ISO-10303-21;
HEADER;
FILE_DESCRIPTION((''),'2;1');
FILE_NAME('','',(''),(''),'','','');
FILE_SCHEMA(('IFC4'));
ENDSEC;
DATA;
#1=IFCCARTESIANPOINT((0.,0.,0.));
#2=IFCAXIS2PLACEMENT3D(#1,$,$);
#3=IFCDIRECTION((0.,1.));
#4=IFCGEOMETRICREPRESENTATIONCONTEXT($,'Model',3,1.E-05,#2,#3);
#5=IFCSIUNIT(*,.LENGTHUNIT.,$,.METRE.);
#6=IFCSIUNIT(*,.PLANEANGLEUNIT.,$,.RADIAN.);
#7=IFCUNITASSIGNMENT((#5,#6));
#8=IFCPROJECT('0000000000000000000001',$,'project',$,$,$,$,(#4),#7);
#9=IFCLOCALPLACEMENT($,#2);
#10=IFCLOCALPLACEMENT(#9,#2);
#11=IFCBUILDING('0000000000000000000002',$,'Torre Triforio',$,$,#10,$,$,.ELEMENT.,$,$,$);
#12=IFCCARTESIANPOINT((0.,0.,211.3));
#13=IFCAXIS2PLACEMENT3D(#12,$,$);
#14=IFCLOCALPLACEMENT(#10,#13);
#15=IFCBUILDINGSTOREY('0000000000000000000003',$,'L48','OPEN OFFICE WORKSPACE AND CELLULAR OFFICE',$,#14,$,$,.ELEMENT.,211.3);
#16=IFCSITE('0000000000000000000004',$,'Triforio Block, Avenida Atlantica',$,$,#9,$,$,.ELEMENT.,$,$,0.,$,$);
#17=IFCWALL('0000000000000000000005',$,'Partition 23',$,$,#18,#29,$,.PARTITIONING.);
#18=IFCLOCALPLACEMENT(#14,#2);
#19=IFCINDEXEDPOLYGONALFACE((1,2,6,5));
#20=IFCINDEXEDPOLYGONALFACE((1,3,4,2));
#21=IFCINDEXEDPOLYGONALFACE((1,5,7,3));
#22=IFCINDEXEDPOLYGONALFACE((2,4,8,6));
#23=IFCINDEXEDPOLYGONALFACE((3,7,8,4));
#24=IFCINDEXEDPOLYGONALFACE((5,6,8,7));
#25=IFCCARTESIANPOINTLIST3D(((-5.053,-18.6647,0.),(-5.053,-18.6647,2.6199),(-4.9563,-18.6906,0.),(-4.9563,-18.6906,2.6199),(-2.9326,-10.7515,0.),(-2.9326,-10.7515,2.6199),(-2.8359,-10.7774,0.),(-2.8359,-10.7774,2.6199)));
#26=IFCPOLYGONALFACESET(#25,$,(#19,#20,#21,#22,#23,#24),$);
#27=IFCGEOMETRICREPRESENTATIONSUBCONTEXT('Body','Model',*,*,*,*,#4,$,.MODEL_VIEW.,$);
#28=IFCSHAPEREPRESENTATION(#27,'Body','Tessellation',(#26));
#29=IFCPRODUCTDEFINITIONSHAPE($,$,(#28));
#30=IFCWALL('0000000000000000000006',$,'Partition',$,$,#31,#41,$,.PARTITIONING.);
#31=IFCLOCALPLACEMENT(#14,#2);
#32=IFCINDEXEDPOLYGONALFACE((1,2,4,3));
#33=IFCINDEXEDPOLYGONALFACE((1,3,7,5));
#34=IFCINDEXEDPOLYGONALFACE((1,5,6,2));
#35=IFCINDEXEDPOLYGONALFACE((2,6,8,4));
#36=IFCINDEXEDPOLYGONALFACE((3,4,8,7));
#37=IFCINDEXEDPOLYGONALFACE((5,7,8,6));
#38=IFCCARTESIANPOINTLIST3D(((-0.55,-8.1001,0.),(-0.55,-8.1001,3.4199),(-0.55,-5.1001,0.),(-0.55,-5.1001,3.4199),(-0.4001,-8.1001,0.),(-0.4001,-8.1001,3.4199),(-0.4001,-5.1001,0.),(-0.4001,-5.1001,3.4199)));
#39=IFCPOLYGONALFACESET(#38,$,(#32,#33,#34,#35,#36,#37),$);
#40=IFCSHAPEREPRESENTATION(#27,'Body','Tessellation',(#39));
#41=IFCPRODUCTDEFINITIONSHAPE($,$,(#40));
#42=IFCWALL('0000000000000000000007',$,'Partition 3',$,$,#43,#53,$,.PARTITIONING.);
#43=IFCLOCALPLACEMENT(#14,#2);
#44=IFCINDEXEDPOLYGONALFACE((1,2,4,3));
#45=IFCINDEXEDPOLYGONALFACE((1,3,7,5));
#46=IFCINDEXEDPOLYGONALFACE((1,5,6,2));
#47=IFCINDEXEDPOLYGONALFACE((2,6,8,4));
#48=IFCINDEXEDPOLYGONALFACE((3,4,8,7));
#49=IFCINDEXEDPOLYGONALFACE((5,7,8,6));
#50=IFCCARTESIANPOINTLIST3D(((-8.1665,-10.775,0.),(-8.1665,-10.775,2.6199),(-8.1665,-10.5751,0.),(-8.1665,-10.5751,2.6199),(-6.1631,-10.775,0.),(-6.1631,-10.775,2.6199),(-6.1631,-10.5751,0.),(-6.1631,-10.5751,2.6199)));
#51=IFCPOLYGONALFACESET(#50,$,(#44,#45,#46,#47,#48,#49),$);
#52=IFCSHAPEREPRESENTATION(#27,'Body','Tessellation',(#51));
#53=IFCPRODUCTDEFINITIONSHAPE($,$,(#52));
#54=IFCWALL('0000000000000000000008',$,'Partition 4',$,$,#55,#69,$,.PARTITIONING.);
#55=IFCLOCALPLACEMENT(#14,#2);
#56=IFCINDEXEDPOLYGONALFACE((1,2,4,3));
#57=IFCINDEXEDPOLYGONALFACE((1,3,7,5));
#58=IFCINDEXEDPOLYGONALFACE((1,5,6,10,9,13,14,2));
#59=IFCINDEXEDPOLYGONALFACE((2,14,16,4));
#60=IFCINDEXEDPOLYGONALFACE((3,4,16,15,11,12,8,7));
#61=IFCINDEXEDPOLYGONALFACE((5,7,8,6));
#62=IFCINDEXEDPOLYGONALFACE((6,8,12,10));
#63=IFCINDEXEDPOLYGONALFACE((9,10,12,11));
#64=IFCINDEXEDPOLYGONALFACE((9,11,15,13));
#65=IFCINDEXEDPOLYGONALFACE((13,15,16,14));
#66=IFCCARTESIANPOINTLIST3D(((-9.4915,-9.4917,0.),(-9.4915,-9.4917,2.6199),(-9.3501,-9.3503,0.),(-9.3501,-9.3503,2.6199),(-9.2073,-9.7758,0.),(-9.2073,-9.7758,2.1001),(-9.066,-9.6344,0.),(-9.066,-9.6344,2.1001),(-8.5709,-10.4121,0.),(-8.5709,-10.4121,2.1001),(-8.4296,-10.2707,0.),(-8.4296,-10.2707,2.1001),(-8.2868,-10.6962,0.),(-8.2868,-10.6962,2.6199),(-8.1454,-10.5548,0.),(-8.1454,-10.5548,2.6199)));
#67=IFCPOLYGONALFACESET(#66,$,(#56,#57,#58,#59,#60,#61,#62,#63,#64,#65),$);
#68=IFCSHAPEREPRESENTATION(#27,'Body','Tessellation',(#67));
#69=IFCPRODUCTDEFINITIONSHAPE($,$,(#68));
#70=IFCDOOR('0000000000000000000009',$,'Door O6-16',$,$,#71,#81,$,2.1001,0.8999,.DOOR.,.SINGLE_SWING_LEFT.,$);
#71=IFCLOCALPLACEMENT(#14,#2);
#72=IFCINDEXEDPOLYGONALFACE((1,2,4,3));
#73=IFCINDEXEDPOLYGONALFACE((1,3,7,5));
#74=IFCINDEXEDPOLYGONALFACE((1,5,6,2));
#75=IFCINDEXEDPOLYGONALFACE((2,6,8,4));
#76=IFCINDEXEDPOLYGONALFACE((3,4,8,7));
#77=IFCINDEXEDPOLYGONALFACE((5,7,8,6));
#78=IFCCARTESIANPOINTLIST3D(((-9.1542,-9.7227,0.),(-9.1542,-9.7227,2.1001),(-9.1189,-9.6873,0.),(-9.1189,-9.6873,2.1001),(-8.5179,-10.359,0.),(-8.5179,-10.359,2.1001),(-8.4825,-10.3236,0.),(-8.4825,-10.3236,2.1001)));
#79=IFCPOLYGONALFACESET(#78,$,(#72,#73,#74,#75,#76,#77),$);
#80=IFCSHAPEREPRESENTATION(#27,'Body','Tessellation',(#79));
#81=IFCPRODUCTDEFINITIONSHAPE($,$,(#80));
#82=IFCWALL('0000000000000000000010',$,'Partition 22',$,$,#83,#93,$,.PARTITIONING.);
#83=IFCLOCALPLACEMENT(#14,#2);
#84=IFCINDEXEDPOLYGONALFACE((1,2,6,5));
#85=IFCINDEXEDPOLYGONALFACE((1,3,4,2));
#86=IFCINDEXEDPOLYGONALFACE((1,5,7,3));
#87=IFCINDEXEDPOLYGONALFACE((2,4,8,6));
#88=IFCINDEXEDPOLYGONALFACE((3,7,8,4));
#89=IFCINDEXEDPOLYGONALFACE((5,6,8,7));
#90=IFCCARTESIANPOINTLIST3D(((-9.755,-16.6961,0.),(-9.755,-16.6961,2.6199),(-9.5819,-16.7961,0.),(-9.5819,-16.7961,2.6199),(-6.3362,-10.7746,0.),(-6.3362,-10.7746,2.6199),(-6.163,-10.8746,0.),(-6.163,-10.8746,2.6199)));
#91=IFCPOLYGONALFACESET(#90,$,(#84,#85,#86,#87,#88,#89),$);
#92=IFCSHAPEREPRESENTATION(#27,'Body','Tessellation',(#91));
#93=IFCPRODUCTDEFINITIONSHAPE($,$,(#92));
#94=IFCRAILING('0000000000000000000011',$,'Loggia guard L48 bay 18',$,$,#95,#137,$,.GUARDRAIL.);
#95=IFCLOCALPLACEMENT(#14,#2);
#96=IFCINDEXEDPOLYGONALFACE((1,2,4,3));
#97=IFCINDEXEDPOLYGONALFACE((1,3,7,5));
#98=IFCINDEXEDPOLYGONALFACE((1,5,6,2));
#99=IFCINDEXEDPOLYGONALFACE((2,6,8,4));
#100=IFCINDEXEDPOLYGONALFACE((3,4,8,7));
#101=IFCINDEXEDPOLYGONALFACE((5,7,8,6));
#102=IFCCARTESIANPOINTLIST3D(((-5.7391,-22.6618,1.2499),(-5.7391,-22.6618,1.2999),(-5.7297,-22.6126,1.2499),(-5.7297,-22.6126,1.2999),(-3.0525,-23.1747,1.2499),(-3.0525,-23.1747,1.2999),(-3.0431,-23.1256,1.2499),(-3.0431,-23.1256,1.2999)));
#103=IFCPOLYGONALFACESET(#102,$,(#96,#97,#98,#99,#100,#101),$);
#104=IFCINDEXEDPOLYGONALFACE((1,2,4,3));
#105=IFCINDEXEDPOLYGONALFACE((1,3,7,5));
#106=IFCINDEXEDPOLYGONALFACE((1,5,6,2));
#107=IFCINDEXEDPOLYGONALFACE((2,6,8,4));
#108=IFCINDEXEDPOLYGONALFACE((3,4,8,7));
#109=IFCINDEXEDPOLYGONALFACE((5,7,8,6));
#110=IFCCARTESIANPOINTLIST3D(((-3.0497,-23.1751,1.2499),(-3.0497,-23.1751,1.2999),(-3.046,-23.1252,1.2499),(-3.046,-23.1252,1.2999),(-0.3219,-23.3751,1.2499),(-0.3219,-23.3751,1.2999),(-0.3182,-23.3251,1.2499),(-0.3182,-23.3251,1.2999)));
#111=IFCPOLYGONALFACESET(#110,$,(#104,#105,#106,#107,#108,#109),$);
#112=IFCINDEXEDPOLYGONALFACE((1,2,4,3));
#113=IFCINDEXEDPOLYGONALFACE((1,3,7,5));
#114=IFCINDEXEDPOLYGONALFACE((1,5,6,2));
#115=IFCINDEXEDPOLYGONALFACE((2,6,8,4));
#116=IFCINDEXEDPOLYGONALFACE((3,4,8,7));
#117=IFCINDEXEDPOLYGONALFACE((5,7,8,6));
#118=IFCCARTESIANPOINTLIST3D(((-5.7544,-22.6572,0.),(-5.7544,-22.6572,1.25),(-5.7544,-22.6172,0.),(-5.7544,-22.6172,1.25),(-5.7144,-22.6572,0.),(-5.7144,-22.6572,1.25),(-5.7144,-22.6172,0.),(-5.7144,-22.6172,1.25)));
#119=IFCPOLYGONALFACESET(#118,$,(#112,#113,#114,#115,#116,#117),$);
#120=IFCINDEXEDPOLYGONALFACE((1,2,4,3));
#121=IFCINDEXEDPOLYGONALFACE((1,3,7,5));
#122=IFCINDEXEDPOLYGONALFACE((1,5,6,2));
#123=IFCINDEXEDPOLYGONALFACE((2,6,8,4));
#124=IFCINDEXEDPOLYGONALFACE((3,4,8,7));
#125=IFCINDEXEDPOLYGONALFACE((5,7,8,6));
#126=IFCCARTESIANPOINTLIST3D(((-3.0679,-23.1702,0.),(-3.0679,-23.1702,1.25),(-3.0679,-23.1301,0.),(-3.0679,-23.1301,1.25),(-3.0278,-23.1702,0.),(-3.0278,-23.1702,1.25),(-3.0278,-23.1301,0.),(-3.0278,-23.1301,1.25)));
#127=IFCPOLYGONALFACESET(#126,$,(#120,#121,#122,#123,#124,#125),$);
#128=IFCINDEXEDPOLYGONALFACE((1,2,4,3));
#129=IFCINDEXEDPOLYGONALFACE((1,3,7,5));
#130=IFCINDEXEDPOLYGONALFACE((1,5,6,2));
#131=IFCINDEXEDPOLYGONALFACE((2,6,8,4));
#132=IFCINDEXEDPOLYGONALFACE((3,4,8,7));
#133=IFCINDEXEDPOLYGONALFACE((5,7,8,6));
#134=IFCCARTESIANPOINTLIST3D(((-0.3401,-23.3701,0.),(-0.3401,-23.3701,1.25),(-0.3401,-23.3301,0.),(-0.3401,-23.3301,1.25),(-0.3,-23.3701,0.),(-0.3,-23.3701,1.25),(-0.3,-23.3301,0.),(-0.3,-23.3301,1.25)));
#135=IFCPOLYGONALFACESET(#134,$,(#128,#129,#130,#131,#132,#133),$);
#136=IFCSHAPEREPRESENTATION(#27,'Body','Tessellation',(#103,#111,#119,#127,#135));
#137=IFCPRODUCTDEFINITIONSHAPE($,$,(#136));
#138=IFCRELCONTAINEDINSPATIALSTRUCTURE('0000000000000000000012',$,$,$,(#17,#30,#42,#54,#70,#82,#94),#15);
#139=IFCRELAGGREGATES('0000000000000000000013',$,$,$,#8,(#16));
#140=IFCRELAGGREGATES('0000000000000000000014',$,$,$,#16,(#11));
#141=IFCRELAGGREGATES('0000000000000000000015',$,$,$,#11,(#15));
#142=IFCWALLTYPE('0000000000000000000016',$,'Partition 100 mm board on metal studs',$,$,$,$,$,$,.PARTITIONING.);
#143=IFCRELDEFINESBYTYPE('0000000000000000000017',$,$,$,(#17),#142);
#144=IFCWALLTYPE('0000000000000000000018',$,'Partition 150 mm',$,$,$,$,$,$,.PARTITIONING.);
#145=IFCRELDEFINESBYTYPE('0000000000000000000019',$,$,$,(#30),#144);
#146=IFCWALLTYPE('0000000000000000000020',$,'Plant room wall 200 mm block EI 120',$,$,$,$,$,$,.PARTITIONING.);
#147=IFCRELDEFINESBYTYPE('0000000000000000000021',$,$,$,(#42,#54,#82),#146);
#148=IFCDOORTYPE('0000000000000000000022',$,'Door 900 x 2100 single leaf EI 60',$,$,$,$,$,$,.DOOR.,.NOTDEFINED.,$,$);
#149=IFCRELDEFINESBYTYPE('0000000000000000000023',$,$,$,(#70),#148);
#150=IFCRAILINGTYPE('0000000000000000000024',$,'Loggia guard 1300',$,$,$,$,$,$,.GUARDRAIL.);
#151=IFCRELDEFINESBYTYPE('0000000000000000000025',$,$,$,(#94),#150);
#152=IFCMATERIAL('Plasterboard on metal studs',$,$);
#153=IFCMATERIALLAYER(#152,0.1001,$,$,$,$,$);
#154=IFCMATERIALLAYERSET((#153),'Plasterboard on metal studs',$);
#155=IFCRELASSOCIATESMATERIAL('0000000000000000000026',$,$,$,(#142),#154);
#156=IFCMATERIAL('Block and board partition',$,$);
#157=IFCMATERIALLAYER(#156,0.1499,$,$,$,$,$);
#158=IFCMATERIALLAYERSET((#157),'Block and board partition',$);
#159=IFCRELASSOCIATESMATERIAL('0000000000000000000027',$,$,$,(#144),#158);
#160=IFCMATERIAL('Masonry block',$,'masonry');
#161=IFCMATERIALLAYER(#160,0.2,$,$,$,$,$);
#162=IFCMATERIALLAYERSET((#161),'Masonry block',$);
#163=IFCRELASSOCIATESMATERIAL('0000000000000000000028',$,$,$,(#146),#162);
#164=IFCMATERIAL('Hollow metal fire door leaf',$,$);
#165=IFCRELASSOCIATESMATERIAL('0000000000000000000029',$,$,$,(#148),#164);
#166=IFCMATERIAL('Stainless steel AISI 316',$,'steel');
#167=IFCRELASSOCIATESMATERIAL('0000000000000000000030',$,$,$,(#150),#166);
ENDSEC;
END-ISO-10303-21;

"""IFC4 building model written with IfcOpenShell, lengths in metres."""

from ifc_helpers import new_model, si_unit, direction, frame, frame_2d, origin, origin_2d, place, context, subcontext, project, spatial, rectangle, extrude, material, layer, layer_set, type_object, element, fill, save


model = new_model("IFC4")

# Units and contexts
model_context = context("Model", 3, precision=1e-05, world=origin(), true_north=direction((0.0, 1.0)))
body_context = subcontext(model_context, "Body", "Model", "MODEL_VIEW")
ifc_project = project(units=[si_unit("LENGTHUNIT", "METRE"), si_unit("PLANEANGLEUNIT", "RADIAN")], contexts=[model_context])

# Site, building, storey
site_placement = place(None, origin())
site = spatial("IfcSite", under=ifc_project, at=site_placement, Name="Triforio Block, Avenida Atlantica", CompositionType="ELEMENT", RefElevation=0.0)
building_placement = place(site_placement, origin())
building = spatial("IfcBuilding", under=site, at=building_placement, Name="Torre Triforio", CompositionType="ELEMENT")
storey_placement = place(building_placement, frame((0.0, 0.0, 211.3)))
storey = spatial("IfcBuildingStorey", under=building, at=storey_placement, Name="L48", Description="OPEN OFFICE WORKSPACE AND CELLULAR OFFICE", CompositionType="ELEMENT", Elevation=211.3)

# Shared definitions
ifc_material_1 = material(Name="Hollow metal fire door leaf")

# Walls
ifc_material_2 = material(Name="Plasterboard on metal studs")
ifc_layer_1 = layer(ifc_material_2, 0.1001)
ifc_layer_set_1 = layer_set([ifc_layer_1], Name="Plasterboard on metal studs")
wall_type_1 = type_object("IfcWallType", Name="Partition 100 mm board on metal studs", PredefinedType="PARTITIONING", material=ifc_layer_set_1)
wall_1_placement = place(storey_placement, frame((-2.8843, -10.7644, 0.0), z_axis=(0.0, 0.0, 1.0), x_axis=(-0.258818, -0.965926, 0.0)))
element("IfcWall", 1, at=wall_1_placement, inside=storey, type_object=wall_type_1, Name="Partition 23", PredefinedType="PARTITIONING", context=body_context, shape_type="SweptSolid", body=[
    extrude(rectangle(XDim=8.1924, YDim=0.1001, at=frame_2d((4.0962, 0.0))), origin(), (0.0, 0.0, 1.0), 2.6199),
])
ifc_material_3 = material(Name="Block and board partition")
ifc_layer_2 = layer(ifc_material_3, 0.1499)
ifc_layer_set_2 = layer_set([ifc_layer_2], Name="Block and board partition")
wall_type_2 = type_object("IfcWallType", Name="Partition 150 mm", PredefinedType="PARTITIONING", material=ifc_layer_set_2)
wall_2_placement = place(storey_placement, frame((-0.4751, -8.1001, 0.0), z_axis=(0.0, 0.0, 1.0), x_axis=(0.0, 1.0, 0.0)))
element("IfcWall", 2, at=wall_2_placement, inside=storey, type_object=wall_type_2, Name="Partition", PredefinedType="PARTITIONING", context=body_context, shape_type="SweptSolid", body=[
    extrude(rectangle(XDim=3.0, YDim=0.1499, at=frame_2d((1.5, 0.0))), origin(), (0.0, 0.0, 1.0), 3.4199),
])
ifc_material_4 = material(Name="Masonry block", Category="masonry")
ifc_layer_3 = layer(ifc_material_4, 0.2)
ifc_layer_set_3 = layer_set([ifc_layer_3], Name="Masonry block")
wall_type_3 = type_object("IfcWallType", Name="Plant room wall 200 mm block EI 120", PredefinedType="PARTITIONING", material=ifc_layer_set_3)
wall_3_placement = place(storey_placement, frame((-6.1631, -10.675, 0.0), z_axis=(0.0, 0.0, 1.0), x_axis=(-1.0, 0.0, 0.0)))
element("IfcWall", 3, at=wall_3_placement, inside=storey, type_object=wall_type_3, Name="Partition 3", PredefinedType="PARTITIONING", context=body_context, shape_type="SweptSolid", body=[
    extrude(rectangle(XDim=2.0034, YDim=0.2, at=frame_2d((1.0017, 0.0))), origin(), (0.0, 0.0, 1.0), 2.6199),
])

# Wall, opening, door
wall_4_placement = place(storey_placement, frame((-8.2161, -10.6255, 0.0), z_axis=(0.0, 0.0, 1.0), x_axis=(-0.707178, 0.707035, 0.0)))
wall_4 = element("IfcWall", 4, at=wall_4_placement, inside=storey, type_object=wall_type_3, Name="Partition 4", PredefinedType="PARTITIONING", context=body_context, shape_type="SweptSolid", body=[
    extrude(rectangle(XDim=1.7036, YDim=0.2, at=frame_2d((0.8518, 0.0))), origin(), (0.0, 0.0, 1.0), 2.6199),
])
opening_1_placement = place(wall_4_placement, frame((0.4019, 0.0, 0.0)))
opening_1 = element("IfcOpeningElement", 5, at=opening_1_placement, cuts=wall_4, PredefinedType="OPENING", context=body_context, shape_type="SweptSolid", body=[
    extrude(rectangle(XDim=0.8999, YDim=2.1001, at=frame_2d((0.45, 1.05))), frame((0.0, 0.1099, 0.0), z_axis=(0.0, -1.0, 0.0), x_axis=(1.0, 0.0, 0.0)), (0.0, 0.0, 1.0), 0.22),
])
door_type_1 = type_object("IfcDoorType", Name="Door 900 x 2100 single leaf EI 60", OperationType="NOTDEFINED", PredefinedType="DOOR", material=ifc_material_1)
door_1_placement = place(opening_1_placement, origin())
door_1 = element("IfcDoor", 6, at=door_1_placement, inside=storey, type_object=door_type_1, Name="Door O6-16", OperationType="SINGLE_SWING_LEFT", OverallHeight=2.1001, OverallWidth=0.8999, PredefinedType="DOOR", context=body_context, shape_type="SweptSolid", body=[
    extrude(rectangle(XDim=0.8999, YDim=2.1001, at=frame_2d((0.45, 1.05))), frame((0.0, 0.0249, 0.0), z_axis=(0.0, -1.0, 0.0), x_axis=(1.0, 0.0, 0.0)), (0.0, 0.0, 1.0), 0.05),
])
fill(opening_1, door_1)

# Wall
wall_5_placement = place(storey_placement, frame((-6.2495, -10.8245, 0.0), z_axis=(0.0, 0.0, 1.0), x_axis=(-0.50001, -0.86602, 0.0)))
element("IfcWall", 7, at=wall_5_placement, inside=storey, type_object=wall_type_3, Name="Partition 22", PredefinedType="PARTITIONING", context=body_context, shape_type="SweptSolid", body=[
    extrude(rectangle(XDim=6.8376, YDim=0.2, at=frame_2d((3.4189, 0.0))), origin(), (0.0, 0.0, 1.0), 2.6199),
])

# Railing
ifc_material_5 = material(Name="Stainless steel AISI 316", Category="steel")
railing_type = type_object("IfcRailingType", Name="Loggia guard 1300", PredefinedType="GUARDRAIL", material=ifc_material_5)
railing_placement = place(storey_placement, frame((-5.7344, -22.6372, 0.0)))
element("IfcRailing", 8, at=railing_placement, inside=storey, type_object=railing_type, Name="Loggia guard L48 bay 18", PredefinedType="GUARDRAIL", context=body_context, shape_type="SweptSolid", body=[
    extrude(rectangle(XDim=0.05, YDim=0.05, at=origin_2d()), frame((0.0, 0.0, 1.2749), z_axis=(0.982256, -0.187543, 0.0), x_axis=(0.187543, 0.982256, 0.0)), (0.0, 0.0, 1.0), 2.7351),
    extrude(rectangle(XDim=0.05, YDim=0.05, at=origin_2d()), frame((2.6865, -0.5129, 1.2749), z_axis=(0.997324, -0.073106, 0.0), x_axis=(0.073106, 0.997324, 0.0)), (0.0, 0.0, 1.0), 2.7351),
    extrude(rectangle(XDim=0.04, YDim=0.04, at=origin_2d()), origin(), (0.0, 0.0, 1.0), 1.25),
    extrude(rectangle(XDim=0.04, YDim=0.04, at=origin_2d()), frame((2.6865, -0.5129, 0.0)), (0.0, 0.0, 1.0), 1.25),
    extrude(rectangle(XDim=0.04, YDim=0.04, at=origin_2d()), frame((5.4143, -0.7129, 0.0)), (0.0, 0.0, 1.0), 1.25),
])

save(model, "model.ifc")
